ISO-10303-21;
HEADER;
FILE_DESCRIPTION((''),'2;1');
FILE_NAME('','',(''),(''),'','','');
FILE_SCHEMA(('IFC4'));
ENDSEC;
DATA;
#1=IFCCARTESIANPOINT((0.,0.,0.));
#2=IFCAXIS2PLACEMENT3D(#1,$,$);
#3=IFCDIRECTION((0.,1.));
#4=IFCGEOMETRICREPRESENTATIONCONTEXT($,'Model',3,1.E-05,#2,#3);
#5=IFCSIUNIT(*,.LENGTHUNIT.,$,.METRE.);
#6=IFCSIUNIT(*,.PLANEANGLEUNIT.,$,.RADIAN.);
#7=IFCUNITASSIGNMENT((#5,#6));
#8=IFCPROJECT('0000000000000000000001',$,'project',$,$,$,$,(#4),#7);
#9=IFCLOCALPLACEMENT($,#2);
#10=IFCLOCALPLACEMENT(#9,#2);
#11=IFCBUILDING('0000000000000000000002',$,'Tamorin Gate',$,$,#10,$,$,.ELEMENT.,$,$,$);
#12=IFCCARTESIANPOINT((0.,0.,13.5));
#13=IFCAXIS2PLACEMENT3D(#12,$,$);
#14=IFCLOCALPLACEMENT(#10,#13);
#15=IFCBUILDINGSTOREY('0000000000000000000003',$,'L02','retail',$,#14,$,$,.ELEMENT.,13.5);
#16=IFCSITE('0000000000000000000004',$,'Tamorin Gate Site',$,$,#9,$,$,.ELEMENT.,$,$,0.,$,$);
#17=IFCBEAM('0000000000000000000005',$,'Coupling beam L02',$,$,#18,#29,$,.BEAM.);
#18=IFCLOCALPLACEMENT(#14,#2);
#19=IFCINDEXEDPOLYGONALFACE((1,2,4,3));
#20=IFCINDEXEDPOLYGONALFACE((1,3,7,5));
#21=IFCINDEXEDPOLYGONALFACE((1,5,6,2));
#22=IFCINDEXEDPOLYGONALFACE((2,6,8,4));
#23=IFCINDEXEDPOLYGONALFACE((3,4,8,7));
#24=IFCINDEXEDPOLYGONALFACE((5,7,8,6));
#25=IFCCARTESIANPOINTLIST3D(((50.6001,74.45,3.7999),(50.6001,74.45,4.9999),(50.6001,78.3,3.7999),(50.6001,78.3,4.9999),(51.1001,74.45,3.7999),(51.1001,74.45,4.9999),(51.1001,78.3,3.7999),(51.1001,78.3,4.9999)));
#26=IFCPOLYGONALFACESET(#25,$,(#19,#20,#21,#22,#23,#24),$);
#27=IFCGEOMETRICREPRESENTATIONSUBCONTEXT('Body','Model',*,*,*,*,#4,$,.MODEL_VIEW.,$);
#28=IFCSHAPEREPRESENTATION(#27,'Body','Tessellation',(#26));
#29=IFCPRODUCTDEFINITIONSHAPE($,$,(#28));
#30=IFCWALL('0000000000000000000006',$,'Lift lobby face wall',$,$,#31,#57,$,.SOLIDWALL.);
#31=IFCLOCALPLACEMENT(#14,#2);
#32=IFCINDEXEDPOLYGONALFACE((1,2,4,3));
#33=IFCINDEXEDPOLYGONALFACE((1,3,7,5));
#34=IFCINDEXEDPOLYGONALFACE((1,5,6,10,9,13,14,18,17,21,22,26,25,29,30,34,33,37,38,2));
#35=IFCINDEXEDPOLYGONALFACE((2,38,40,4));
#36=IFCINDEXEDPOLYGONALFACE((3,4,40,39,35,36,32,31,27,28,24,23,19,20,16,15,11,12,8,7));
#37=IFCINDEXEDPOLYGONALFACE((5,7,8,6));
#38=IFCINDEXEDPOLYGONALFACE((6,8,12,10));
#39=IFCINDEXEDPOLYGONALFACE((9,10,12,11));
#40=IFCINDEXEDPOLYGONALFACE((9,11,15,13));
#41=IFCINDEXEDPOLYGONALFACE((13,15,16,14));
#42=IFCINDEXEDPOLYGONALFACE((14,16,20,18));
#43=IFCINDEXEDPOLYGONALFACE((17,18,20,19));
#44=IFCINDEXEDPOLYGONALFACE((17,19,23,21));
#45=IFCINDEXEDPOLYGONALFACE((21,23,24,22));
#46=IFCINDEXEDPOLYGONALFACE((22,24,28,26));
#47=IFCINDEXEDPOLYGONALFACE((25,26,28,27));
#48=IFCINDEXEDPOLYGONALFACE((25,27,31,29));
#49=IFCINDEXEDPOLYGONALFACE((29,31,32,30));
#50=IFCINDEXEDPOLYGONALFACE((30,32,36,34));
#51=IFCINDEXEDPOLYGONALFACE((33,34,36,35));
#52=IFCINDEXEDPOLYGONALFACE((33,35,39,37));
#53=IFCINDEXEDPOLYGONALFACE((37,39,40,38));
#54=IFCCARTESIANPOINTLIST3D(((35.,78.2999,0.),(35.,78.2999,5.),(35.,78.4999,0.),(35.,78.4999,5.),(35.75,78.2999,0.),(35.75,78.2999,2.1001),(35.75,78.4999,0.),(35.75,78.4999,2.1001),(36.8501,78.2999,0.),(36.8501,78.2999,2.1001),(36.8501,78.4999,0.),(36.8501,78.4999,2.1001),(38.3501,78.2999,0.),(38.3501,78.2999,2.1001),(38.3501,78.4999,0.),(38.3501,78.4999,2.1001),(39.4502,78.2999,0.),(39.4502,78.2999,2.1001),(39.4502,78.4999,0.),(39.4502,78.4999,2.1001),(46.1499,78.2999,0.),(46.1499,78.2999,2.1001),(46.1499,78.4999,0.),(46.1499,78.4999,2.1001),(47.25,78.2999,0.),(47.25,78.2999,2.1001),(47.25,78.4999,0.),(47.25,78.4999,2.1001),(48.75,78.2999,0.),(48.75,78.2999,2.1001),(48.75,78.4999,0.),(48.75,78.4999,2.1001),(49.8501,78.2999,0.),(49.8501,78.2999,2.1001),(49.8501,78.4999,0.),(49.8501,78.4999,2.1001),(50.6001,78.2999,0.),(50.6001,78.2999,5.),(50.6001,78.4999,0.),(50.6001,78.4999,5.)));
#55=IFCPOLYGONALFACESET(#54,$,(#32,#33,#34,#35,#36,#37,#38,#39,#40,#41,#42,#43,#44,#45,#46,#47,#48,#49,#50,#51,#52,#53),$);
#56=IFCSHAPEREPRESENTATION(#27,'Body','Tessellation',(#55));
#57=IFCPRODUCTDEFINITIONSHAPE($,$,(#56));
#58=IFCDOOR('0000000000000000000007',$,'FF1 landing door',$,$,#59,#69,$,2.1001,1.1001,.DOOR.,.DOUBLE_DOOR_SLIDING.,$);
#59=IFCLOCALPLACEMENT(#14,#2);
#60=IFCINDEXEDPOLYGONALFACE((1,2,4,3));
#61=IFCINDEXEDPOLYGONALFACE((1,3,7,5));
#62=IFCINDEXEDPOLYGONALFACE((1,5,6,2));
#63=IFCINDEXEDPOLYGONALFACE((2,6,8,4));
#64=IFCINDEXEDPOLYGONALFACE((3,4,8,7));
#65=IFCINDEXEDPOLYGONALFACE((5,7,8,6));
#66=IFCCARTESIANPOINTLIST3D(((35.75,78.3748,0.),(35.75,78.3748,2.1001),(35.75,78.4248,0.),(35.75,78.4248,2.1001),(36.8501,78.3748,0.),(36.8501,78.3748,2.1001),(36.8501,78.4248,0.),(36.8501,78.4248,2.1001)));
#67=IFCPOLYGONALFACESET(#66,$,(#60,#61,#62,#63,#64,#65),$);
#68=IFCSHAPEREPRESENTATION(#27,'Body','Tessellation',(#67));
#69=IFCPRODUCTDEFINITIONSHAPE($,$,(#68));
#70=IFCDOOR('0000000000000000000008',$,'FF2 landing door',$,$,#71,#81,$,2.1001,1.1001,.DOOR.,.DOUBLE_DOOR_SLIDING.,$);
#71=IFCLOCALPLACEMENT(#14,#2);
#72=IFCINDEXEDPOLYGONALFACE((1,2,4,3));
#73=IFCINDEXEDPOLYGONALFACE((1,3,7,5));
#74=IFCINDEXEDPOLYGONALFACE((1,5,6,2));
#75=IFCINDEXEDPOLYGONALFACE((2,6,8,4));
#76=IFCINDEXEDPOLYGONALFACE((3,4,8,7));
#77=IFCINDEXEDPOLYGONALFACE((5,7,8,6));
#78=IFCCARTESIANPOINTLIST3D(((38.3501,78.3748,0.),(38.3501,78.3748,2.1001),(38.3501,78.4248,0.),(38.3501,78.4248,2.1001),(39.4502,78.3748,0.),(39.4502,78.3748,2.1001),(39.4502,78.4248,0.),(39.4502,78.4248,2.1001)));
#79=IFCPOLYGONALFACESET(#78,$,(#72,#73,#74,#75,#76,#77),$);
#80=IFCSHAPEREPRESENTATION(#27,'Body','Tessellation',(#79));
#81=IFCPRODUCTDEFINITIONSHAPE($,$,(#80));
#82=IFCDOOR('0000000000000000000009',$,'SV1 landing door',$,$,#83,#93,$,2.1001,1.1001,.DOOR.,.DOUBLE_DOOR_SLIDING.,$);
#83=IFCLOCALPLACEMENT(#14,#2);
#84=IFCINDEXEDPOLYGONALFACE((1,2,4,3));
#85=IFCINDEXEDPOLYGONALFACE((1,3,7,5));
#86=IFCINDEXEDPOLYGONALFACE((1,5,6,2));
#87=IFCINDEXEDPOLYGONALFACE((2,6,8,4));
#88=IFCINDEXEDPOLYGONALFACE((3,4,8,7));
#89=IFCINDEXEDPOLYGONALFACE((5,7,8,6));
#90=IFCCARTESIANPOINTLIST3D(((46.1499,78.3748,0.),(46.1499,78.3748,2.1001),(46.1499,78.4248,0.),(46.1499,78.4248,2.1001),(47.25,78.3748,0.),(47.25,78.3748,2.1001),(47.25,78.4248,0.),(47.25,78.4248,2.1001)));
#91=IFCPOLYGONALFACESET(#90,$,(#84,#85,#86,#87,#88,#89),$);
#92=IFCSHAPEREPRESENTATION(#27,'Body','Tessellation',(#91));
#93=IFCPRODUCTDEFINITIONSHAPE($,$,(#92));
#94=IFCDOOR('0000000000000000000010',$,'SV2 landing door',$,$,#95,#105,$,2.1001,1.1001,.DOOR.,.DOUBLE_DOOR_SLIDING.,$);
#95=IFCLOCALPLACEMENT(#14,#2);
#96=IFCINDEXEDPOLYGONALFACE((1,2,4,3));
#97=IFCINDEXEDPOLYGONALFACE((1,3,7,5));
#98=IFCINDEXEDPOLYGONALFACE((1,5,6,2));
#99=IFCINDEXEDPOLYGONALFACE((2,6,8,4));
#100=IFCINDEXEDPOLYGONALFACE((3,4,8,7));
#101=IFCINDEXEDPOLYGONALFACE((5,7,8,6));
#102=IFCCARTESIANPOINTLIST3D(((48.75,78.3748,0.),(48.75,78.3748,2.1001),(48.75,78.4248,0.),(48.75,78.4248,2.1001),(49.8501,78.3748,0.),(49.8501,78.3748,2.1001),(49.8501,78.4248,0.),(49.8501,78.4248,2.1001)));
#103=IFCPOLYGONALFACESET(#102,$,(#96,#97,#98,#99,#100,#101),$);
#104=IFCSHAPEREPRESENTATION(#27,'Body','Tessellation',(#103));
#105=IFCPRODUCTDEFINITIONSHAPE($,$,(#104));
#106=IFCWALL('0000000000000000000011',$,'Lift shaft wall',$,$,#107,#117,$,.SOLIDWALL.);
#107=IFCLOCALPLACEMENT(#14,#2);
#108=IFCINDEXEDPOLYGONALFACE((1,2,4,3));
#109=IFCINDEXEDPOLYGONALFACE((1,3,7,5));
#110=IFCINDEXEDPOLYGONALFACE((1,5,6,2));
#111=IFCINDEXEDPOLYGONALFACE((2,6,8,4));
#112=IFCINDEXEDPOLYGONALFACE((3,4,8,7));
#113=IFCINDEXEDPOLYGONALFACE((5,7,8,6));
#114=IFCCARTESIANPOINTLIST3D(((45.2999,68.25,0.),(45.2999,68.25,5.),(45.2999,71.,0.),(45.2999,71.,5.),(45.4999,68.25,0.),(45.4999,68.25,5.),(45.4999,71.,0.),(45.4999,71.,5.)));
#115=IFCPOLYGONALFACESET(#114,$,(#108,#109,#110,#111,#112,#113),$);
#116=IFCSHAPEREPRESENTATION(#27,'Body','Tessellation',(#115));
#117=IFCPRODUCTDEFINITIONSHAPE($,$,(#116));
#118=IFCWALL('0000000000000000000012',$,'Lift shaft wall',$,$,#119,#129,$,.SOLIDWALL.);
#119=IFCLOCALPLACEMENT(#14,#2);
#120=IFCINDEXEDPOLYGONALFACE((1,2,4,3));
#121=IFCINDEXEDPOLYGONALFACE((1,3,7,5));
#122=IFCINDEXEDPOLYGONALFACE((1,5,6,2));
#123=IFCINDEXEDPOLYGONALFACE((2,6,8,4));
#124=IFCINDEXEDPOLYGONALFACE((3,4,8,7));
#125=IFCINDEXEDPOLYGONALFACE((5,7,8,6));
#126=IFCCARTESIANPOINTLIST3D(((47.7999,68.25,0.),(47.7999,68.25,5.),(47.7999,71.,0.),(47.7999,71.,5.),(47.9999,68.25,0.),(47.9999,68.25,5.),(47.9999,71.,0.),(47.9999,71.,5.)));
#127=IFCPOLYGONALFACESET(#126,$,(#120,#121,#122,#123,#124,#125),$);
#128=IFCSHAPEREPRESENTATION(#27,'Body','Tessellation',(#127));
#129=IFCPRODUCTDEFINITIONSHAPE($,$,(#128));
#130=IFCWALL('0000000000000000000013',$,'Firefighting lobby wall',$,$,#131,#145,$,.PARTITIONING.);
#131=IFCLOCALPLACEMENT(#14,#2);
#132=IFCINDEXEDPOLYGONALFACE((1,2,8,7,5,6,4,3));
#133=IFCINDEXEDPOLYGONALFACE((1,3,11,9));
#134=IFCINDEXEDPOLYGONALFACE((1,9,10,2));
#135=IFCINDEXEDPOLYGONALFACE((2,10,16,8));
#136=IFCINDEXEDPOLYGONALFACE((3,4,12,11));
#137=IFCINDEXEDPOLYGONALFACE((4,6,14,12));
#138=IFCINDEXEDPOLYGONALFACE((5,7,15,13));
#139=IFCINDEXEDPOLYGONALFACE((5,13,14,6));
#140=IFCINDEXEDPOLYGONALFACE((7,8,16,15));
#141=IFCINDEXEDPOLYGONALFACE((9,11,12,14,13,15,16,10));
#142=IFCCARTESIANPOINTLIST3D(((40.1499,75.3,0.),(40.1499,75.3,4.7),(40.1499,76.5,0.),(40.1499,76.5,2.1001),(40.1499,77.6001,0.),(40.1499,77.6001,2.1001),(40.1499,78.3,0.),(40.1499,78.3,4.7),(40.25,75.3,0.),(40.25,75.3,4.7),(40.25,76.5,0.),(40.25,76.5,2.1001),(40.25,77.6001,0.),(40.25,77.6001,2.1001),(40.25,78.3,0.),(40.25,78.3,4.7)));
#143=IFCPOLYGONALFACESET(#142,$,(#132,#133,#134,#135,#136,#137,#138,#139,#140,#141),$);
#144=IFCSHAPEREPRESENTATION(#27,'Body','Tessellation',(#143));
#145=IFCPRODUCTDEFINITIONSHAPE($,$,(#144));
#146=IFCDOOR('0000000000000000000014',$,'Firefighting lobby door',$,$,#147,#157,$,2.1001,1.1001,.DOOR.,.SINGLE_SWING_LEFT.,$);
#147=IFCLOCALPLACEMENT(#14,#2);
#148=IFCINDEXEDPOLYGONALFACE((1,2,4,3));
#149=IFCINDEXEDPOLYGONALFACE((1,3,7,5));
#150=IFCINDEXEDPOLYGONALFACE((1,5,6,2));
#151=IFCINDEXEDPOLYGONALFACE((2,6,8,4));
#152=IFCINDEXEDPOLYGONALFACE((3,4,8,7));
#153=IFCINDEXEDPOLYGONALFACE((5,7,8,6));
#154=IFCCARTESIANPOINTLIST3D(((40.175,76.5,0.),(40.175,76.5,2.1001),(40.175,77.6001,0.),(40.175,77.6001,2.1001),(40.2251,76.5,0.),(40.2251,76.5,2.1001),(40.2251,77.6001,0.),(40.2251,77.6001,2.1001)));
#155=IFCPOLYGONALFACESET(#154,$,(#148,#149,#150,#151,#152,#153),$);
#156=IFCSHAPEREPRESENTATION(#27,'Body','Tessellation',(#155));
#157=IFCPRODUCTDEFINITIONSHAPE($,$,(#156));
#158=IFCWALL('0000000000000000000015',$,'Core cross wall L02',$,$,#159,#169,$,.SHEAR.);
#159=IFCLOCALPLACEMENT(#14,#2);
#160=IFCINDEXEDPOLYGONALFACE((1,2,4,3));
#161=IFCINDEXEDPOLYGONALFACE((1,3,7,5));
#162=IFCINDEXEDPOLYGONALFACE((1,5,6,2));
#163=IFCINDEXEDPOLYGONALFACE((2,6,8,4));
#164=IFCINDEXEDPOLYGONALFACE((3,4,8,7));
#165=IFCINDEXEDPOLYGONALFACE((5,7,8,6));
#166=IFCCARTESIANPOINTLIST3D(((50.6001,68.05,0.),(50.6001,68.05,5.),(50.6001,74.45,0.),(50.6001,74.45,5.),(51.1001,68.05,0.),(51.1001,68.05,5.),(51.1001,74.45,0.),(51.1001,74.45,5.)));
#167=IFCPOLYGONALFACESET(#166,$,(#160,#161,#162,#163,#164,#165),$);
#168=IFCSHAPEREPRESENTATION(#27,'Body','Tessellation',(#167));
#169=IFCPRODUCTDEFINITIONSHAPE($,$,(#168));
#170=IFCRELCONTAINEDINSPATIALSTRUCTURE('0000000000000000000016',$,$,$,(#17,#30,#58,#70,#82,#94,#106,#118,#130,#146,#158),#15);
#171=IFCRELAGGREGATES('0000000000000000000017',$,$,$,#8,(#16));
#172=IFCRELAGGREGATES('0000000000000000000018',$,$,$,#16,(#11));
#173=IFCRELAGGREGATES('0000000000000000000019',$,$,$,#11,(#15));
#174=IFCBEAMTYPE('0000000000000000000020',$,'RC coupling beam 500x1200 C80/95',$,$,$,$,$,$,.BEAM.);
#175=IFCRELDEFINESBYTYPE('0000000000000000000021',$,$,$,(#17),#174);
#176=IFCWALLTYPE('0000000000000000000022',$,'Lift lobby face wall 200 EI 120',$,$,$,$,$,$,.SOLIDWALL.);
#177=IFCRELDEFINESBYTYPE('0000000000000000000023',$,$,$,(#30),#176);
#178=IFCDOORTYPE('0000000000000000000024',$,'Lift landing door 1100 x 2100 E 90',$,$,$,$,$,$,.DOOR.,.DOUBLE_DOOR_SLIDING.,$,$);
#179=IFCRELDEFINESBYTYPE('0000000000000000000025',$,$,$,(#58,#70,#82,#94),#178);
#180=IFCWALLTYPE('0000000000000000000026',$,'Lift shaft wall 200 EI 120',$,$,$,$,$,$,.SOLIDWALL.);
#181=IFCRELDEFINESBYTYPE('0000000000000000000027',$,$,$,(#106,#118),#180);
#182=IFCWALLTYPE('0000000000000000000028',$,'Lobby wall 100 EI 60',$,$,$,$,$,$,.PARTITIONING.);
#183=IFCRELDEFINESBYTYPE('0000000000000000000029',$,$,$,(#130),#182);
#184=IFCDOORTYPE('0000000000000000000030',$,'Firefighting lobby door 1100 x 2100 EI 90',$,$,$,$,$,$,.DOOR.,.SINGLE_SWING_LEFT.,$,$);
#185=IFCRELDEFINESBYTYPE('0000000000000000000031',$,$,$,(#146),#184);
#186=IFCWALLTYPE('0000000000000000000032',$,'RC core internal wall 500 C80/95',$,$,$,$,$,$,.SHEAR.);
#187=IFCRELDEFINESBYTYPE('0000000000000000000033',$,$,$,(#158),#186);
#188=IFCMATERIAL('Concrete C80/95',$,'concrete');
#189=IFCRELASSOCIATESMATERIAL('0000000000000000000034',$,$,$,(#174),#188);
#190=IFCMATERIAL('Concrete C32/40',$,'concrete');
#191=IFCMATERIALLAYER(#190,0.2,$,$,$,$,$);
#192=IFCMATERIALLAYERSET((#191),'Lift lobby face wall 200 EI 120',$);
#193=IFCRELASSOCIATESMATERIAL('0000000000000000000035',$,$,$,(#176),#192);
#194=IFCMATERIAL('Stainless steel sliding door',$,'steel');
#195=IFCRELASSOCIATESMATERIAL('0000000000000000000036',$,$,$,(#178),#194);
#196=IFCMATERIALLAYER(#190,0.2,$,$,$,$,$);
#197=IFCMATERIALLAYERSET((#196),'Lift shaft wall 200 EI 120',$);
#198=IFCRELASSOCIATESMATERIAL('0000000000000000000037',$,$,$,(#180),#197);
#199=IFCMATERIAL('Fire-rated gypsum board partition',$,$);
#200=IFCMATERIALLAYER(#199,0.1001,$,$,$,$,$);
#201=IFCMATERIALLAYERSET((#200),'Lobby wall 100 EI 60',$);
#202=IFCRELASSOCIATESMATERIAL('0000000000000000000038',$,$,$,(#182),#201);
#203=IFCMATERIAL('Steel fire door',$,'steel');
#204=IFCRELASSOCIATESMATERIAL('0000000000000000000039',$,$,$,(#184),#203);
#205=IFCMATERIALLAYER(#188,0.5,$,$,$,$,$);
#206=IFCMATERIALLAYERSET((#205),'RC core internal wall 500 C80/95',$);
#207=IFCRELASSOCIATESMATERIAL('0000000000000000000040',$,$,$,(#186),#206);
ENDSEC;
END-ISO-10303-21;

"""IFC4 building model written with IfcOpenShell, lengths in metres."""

from ifc_helpers import new_model, si_unit, direction, frame, frame_2d, origin, origin_2d, place, context, subcontext, project, spatial, rectangle, extrude, material, layer, layer_set, material_profile, profile_set, type_object, element, fill, save


model = new_model("IFC4")

# Units and contexts
model_context = context("Model", 3, precision=1e-05, world=origin(), true_north=direction((0.0, 1.0)))
body_context = subcontext(model_context, "Body", "Model", "MODEL_VIEW")
ifc_project = project(units=[si_unit("LENGTHUNIT", "METRE"), si_unit("PLANEANGLEUNIT", "RADIAN")], contexts=[model_context])

# Site, building, storey
site_placement = place(None, origin())
site = spatial("IfcSite", under=ifc_project, at=site_placement, Name="Tamorin Gate Site", CompositionType="ELEMENT", RefElevation=0.0)
building_placement = place(site_placement, origin())
building = spatial("IfcBuilding", under=site, at=building_placement, Name="Tamorin Gate", CompositionType="ELEMENT")
storey_placement = place(building_placement, frame((0.0, 0.0, 13.5)))
storey = spatial("IfcBuildingStorey", under=building, at=storey_placement, Name="L02", Description="retail", CompositionType="ELEMENT", Elevation=13.5)

# Beam
ifc_material_1 = material(Name="Concrete C80/95", Category="concrete")
ifc_material_profile = material_profile(ifc_material_1, rectangle(XDim=0.5, YDim=1.2, at=origin_2d()), Name="RC 500x1200")
ifc_profile_set = profile_set([ifc_material_profile], Name="Concrete C80/95")
beam_type = type_object("IfcBeamType", Name="RC coupling beam 500x1200 C80/95", PredefinedType="BEAM", material=ifc_profile_set)
beam_placement = place(storey_placement, frame((50.8501, 74.45, 4.3999), z_axis=(0.0, 1.0, 0.0), x_axis=(-1.0, 0.0, 0.0)))
element("IfcBeam", 1, at=beam_placement, inside=storey, type_object=beam_type, Name="Coupling beam L02", PredefinedType="BEAM", context=body_context, shape_type="SweptSolid", body=[
    extrude(rectangle(XDim=0.5, YDim=1.2, at=origin_2d()), origin(), (0.0, 0.0, 1.0), 3.8501),
])

# Wall, openings, doors
ifc_material_2 = material(Name="Concrete C32/40", Category="concrete")
ifc_layer_1 = layer(ifc_material_2, 0.2)
ifc_layer_set_1 = layer_set([ifc_layer_1], Name="Lift lobby face wall 200 EI 120")
wall_type_1 = type_object("IfcWallType", Name="Lift lobby face wall 200 EI 120", PredefinedType="SOLIDWALL", material=ifc_layer_set_1)
wall_1_placement = place(storey_placement, frame((35.0, 78.3999, 0.0), z_axis=(0.0, 0.0, 1.0), x_axis=(1.0, 0.0, 0.0)))
wall_1 = element("IfcWall", 2, at=wall_1_placement, inside=storey, type_object=wall_type_1, Name="Lift lobby face wall", PredefinedType="SOLIDWALL", context=body_context, shape_type="SweptSolid", body=[
    extrude(rectangle(XDim=15.6001, YDim=0.2, at=frame_2d((7.8, 0.0))), origin(), (0.0, 0.0, 1.0), 5.0),
])
opening_1_placement = place(wall_1_placement, frame((0.75, 0.0, 0.0)))
opening_1 = element("IfcOpeningElement", 3, at=opening_1_placement, cuts=wall_1, PredefinedType="OPENING", context=body_context, shape_type="SweptSolid", body=[
    extrude(rectangle(XDim=1.1001, YDim=2.1001, at=frame_2d((0.55, 1.05))), frame((0.0, 0.1099, 0.0), z_axis=(0.0, -1.0, 0.0), x_axis=(1.0, 0.0, 0.0)), (0.0, 0.0, 1.0), 0.22),
])
opening_2_placement = place(wall_1_placement, frame((3.3501, 0.0, 0.0)))
opening_2 = element("IfcOpeningElement", 4, at=opening_2_placement, cuts=wall_1, PredefinedType="OPENING", context=body_context, shape_type="SweptSolid", body=[
    extrude(rectangle(XDim=1.1001, YDim=2.1001, at=frame_2d((0.55, 1.05))), frame((0.0, 0.1099, 0.0), z_axis=(0.0, -1.0, 0.0), x_axis=(1.0, 0.0, 0.0)), (0.0, 0.0, 1.0), 0.22),
])
opening_3_placement = place(wall_1_placement, frame((11.1499, 0.0, 0.0)))
opening_3 = element("IfcOpeningElement", 5, at=opening_3_placement, cuts=wall_1, PredefinedType="OPENING", context=body_context, shape_type="SweptSolid", body=[
    extrude(rectangle(XDim=1.1001, YDim=2.1001, at=frame_2d((0.55, 1.05))), frame((0.0, 0.1099, 0.0), z_axis=(0.0, -1.0, 0.0), x_axis=(1.0, 0.0, 0.0)), (0.0, 0.0, 1.0), 0.22),
])
opening_4_placement = place(wall_1_placement, frame((13.75, 0.0, 0.0)))
opening_4 = element("IfcOpeningElement", 6, at=opening_4_placement, cuts=wall_1, PredefinedType="OPENING", context=body_context, shape_type="SweptSolid", body=[
    extrude(rectangle(XDim=1.1001, YDim=2.1001, at=frame_2d((0.55, 1.05))), frame((0.0, 0.1099, 0.0), z_axis=(0.0, -1.0, 0.0), x_axis=(1.0, 0.0, 0.0)), (0.0, 0.0, 1.0), 0.22),
])
ifc_material_3 = material(Name="Stainless steel sliding door", Category="steel")
door_type_1 = type_object("IfcDoorType", Name="Lift landing door 1100 x 2100 E 90", OperationType="DOUBLE_DOOR_SLIDING", PredefinedType="DOOR", material=ifc_material_3)
door_1_placement = place(opening_1_placement, origin())
door_1 = element("IfcDoor", 7, at=door_1_placement, inside=storey, type_object=door_type_1, Name="FF1 landing door", OperationType="DOUBLE_DOOR_SLIDING", OverallHeight=2.1001, OverallWidth=1.1001, PredefinedType="DOOR", context=body_context, shape_type="SweptSolid", body=[
    extrude(rectangle(XDim=1.1001, YDim=2.1001, at=frame_2d((0.55, 1.05))), frame((0.0, 0.0249, 0.0), z_axis=(0.0, -1.0, 0.0), x_axis=(1.0, 0.0, 0.0)), (0.0, 0.0, 1.0), 0.05),
])
fill(opening_1, door_1)
door_2_placement = place(opening_2_placement, origin())
door_2 = element("IfcDoor", 8, at=door_2_placement, inside=storey, type_object=door_type_1, Name="FF2 landing door", OperationType="DOUBLE_DOOR_SLIDING", OverallHeight=2.1001, OverallWidth=1.1001, PredefinedType="DOOR", context=body_context, shape_type="SweptSolid", body=[
    extrude(rectangle(XDim=1.1001, YDim=2.1001, at=frame_2d((0.55, 1.05))), frame((0.0, 0.0249, 0.0), z_axis=(0.0, -1.0, 0.0), x_axis=(1.0, 0.0, 0.0)), (0.0, 0.0, 1.0), 0.05),
])
fill(opening_2, door_2)
door_3_placement = place(opening_3_placement, origin())
door_3 = element("IfcDoor", 9, at=door_3_placement, inside=storey, type_object=door_type_1, Name="SV1 landing door", OperationType="DOUBLE_DOOR_SLIDING", OverallHeight=2.1001, OverallWidth=1.1001, PredefinedType="DOOR", context=body_context, shape_type="SweptSolid", body=[
    extrude(rectangle(XDim=1.1001, YDim=2.1001, at=frame_2d((0.55, 1.05))), frame((0.0, 0.0249, 0.0), z_axis=(0.0, -1.0, 0.0), x_axis=(1.0, 0.0, 0.0)), (0.0, 0.0, 1.0), 0.05),
])
fill(opening_3, door_3)
door_4_placement = place(opening_4_placement, origin())
door_4 = element("IfcDoor", 10, at=door_4_placement, inside=storey, type_object=door_type_1, Name="SV2 landing door", OperationType="DOUBLE_DOOR_SLIDING", OverallHeight=2.1001, OverallWidth=1.1001, PredefinedType="DOOR", context=body_context, shape_type="SweptSolid", body=[
    extrude(rectangle(XDim=1.1001, YDim=2.1001, at=frame_2d((0.55, 1.05))), frame((0.0, 0.0249, 0.0), z_axis=(0.0, -1.0, 0.0), x_axis=(1.0, 0.0, 0.0)), (0.0, 0.0, 1.0), 0.05),
])
fill(opening_4, door_4)

# Walls
ifc_layer_2 = layer(ifc_material_2, 0.2)
ifc_layer_set_2 = layer_set([ifc_layer_2], Name="Lift shaft wall 200 EI 120")
wall_type_2 = type_object("IfcWallType", Name="Lift shaft wall 200 EI 120", PredefinedType="SOLIDWALL", material=ifc_layer_set_2)
for number, where, z_axis, x_axis, name in (
    (11, (45.3999, 68.25, 0.0), (0.0, 0.0, 1.0), (0.0, 1.0, 0.0), "Lift shaft wall"),
    (12, (47.8999, 68.25, 0.0), (0.0, 0.0, 1.0), (0.0, 1.0, 0.0), "Lift shaft wall"),
):
    element("IfcWall", number, at=place(storey_placement, frame(where, z_axis=z_axis, x_axis=x_axis)), inside=storey, type_object=wall_type_2, Name=name, PredefinedType="SOLIDWALL", context=body_context, shape_type="SweptSolid", body=[
        extrude(rectangle(XDim=2.75, YDim=0.2, at=frame_2d((1.375, 0.0))), origin(), (0.0, 0.0, 1.0), 5.0),
    ])

# Wall, opening, door
ifc_material_4 = material(Name="Fire-rated gypsum board partition")
ifc_layer_3 = layer(ifc_material_4, 0.1001)
ifc_layer_set_3 = layer_set([ifc_layer_3], Name="Lobby wall 100 EI 60")
wall_type_3 = type_object("IfcWallType", Name="Lobby wall 100 EI 60", PredefinedType="PARTITIONING", material=ifc_layer_set_3)
wall_2_placement = place(storey_placement, frame((40.2, 75.3, 0.0), z_axis=(0.0, 0.0, 1.0), x_axis=(0.0, 1.0, 0.0)))
wall_2 = element("IfcWall", 13, at=wall_2_placement, inside=storey, type_object=wall_type_3, Name="Firefighting lobby wall", PredefinedType="PARTITIONING", context=body_context, shape_type="SweptSolid", body=[
    extrude(rectangle(XDim=3.0, YDim=0.1001, at=frame_2d((1.5, 0.0))), origin(), (0.0, 0.0, 1.0), 4.7),
])
opening_5_placement = place(wall_2_placement, frame((1.2, 0.0, 0.0)))
opening_5 = element("IfcOpeningElement", 14, at=opening_5_placement, cuts=wall_2, PredefinedType="OPENING", context=body_context, shape_type="SweptSolid", body=[
    extrude(rectangle(XDim=1.1001, YDim=2.1001, at=frame_2d((0.55, 1.05))), frame((0.0, 0.0601, 0.0), z_axis=(0.0, -1.0, 0.0), x_axis=(1.0, 0.0, 0.0)), (0.0, 0.0, 1.0), 0.1201),
])
ifc_material_5 = material(Name="Steel fire door", Category="steel")
door_type_2 = type_object("IfcDoorType", Name="Firefighting lobby door 1100 x 2100 EI 90", OperationType="SINGLE_SWING_LEFT", PredefinedType="DOOR", material=ifc_material_5)
door_5_placement = place(opening_5_placement, origin())
door_5 = element("IfcDoor", 15, at=door_5_placement, inside=storey, type_object=door_type_2, Name="Firefighting lobby door", OperationType="SINGLE_SWING_LEFT", OverallHeight=2.1001, OverallWidth=1.1001, PredefinedType="DOOR", context=body_context, shape_type="SweptSolid", body=[
    extrude(rectangle(XDim=1.1001, YDim=2.1001, at=frame_2d((0.55, 1.05))), frame((0.0, 0.0249, 0.0), z_axis=(0.0, -1.0, 0.0), x_axis=(1.0, 0.0, 0.0)), (0.0, 0.0, 1.0), 0.05),
])
fill(opening_5, door_5)

# Wall
ifc_layer_4 = layer(ifc_material_1, 0.5)
ifc_layer_set_4 = layer_set([ifc_layer_4], Name="RC core internal wall 500 C80/95")
wall_type_4 = type_object("IfcWallType", Name="RC core internal wall 500 C80/95", PredefinedType="SHEAR", material=ifc_layer_set_4)
wall_3_placement = place(storey_placement, frame((50.8501, 68.05, 0.0), z_axis=(0.0, 0.0, 1.0), x_axis=(0.0, 1.0, 0.0)))
element("IfcWall", 16, at=wall_3_placement, inside=storey, type_object=wall_type_4, Name="Core cross wall L02", PredefinedType="SHEAR", context=body_context, shape_type="SweptSolid", body=[
    extrude(rectangle(XDim=6.3999, YDim=0.5, at=frame_2d((3.2, 0.0))), origin(), (0.0, 0.0, 1.0), 5.0),
])

save(model, "model.ifc")
